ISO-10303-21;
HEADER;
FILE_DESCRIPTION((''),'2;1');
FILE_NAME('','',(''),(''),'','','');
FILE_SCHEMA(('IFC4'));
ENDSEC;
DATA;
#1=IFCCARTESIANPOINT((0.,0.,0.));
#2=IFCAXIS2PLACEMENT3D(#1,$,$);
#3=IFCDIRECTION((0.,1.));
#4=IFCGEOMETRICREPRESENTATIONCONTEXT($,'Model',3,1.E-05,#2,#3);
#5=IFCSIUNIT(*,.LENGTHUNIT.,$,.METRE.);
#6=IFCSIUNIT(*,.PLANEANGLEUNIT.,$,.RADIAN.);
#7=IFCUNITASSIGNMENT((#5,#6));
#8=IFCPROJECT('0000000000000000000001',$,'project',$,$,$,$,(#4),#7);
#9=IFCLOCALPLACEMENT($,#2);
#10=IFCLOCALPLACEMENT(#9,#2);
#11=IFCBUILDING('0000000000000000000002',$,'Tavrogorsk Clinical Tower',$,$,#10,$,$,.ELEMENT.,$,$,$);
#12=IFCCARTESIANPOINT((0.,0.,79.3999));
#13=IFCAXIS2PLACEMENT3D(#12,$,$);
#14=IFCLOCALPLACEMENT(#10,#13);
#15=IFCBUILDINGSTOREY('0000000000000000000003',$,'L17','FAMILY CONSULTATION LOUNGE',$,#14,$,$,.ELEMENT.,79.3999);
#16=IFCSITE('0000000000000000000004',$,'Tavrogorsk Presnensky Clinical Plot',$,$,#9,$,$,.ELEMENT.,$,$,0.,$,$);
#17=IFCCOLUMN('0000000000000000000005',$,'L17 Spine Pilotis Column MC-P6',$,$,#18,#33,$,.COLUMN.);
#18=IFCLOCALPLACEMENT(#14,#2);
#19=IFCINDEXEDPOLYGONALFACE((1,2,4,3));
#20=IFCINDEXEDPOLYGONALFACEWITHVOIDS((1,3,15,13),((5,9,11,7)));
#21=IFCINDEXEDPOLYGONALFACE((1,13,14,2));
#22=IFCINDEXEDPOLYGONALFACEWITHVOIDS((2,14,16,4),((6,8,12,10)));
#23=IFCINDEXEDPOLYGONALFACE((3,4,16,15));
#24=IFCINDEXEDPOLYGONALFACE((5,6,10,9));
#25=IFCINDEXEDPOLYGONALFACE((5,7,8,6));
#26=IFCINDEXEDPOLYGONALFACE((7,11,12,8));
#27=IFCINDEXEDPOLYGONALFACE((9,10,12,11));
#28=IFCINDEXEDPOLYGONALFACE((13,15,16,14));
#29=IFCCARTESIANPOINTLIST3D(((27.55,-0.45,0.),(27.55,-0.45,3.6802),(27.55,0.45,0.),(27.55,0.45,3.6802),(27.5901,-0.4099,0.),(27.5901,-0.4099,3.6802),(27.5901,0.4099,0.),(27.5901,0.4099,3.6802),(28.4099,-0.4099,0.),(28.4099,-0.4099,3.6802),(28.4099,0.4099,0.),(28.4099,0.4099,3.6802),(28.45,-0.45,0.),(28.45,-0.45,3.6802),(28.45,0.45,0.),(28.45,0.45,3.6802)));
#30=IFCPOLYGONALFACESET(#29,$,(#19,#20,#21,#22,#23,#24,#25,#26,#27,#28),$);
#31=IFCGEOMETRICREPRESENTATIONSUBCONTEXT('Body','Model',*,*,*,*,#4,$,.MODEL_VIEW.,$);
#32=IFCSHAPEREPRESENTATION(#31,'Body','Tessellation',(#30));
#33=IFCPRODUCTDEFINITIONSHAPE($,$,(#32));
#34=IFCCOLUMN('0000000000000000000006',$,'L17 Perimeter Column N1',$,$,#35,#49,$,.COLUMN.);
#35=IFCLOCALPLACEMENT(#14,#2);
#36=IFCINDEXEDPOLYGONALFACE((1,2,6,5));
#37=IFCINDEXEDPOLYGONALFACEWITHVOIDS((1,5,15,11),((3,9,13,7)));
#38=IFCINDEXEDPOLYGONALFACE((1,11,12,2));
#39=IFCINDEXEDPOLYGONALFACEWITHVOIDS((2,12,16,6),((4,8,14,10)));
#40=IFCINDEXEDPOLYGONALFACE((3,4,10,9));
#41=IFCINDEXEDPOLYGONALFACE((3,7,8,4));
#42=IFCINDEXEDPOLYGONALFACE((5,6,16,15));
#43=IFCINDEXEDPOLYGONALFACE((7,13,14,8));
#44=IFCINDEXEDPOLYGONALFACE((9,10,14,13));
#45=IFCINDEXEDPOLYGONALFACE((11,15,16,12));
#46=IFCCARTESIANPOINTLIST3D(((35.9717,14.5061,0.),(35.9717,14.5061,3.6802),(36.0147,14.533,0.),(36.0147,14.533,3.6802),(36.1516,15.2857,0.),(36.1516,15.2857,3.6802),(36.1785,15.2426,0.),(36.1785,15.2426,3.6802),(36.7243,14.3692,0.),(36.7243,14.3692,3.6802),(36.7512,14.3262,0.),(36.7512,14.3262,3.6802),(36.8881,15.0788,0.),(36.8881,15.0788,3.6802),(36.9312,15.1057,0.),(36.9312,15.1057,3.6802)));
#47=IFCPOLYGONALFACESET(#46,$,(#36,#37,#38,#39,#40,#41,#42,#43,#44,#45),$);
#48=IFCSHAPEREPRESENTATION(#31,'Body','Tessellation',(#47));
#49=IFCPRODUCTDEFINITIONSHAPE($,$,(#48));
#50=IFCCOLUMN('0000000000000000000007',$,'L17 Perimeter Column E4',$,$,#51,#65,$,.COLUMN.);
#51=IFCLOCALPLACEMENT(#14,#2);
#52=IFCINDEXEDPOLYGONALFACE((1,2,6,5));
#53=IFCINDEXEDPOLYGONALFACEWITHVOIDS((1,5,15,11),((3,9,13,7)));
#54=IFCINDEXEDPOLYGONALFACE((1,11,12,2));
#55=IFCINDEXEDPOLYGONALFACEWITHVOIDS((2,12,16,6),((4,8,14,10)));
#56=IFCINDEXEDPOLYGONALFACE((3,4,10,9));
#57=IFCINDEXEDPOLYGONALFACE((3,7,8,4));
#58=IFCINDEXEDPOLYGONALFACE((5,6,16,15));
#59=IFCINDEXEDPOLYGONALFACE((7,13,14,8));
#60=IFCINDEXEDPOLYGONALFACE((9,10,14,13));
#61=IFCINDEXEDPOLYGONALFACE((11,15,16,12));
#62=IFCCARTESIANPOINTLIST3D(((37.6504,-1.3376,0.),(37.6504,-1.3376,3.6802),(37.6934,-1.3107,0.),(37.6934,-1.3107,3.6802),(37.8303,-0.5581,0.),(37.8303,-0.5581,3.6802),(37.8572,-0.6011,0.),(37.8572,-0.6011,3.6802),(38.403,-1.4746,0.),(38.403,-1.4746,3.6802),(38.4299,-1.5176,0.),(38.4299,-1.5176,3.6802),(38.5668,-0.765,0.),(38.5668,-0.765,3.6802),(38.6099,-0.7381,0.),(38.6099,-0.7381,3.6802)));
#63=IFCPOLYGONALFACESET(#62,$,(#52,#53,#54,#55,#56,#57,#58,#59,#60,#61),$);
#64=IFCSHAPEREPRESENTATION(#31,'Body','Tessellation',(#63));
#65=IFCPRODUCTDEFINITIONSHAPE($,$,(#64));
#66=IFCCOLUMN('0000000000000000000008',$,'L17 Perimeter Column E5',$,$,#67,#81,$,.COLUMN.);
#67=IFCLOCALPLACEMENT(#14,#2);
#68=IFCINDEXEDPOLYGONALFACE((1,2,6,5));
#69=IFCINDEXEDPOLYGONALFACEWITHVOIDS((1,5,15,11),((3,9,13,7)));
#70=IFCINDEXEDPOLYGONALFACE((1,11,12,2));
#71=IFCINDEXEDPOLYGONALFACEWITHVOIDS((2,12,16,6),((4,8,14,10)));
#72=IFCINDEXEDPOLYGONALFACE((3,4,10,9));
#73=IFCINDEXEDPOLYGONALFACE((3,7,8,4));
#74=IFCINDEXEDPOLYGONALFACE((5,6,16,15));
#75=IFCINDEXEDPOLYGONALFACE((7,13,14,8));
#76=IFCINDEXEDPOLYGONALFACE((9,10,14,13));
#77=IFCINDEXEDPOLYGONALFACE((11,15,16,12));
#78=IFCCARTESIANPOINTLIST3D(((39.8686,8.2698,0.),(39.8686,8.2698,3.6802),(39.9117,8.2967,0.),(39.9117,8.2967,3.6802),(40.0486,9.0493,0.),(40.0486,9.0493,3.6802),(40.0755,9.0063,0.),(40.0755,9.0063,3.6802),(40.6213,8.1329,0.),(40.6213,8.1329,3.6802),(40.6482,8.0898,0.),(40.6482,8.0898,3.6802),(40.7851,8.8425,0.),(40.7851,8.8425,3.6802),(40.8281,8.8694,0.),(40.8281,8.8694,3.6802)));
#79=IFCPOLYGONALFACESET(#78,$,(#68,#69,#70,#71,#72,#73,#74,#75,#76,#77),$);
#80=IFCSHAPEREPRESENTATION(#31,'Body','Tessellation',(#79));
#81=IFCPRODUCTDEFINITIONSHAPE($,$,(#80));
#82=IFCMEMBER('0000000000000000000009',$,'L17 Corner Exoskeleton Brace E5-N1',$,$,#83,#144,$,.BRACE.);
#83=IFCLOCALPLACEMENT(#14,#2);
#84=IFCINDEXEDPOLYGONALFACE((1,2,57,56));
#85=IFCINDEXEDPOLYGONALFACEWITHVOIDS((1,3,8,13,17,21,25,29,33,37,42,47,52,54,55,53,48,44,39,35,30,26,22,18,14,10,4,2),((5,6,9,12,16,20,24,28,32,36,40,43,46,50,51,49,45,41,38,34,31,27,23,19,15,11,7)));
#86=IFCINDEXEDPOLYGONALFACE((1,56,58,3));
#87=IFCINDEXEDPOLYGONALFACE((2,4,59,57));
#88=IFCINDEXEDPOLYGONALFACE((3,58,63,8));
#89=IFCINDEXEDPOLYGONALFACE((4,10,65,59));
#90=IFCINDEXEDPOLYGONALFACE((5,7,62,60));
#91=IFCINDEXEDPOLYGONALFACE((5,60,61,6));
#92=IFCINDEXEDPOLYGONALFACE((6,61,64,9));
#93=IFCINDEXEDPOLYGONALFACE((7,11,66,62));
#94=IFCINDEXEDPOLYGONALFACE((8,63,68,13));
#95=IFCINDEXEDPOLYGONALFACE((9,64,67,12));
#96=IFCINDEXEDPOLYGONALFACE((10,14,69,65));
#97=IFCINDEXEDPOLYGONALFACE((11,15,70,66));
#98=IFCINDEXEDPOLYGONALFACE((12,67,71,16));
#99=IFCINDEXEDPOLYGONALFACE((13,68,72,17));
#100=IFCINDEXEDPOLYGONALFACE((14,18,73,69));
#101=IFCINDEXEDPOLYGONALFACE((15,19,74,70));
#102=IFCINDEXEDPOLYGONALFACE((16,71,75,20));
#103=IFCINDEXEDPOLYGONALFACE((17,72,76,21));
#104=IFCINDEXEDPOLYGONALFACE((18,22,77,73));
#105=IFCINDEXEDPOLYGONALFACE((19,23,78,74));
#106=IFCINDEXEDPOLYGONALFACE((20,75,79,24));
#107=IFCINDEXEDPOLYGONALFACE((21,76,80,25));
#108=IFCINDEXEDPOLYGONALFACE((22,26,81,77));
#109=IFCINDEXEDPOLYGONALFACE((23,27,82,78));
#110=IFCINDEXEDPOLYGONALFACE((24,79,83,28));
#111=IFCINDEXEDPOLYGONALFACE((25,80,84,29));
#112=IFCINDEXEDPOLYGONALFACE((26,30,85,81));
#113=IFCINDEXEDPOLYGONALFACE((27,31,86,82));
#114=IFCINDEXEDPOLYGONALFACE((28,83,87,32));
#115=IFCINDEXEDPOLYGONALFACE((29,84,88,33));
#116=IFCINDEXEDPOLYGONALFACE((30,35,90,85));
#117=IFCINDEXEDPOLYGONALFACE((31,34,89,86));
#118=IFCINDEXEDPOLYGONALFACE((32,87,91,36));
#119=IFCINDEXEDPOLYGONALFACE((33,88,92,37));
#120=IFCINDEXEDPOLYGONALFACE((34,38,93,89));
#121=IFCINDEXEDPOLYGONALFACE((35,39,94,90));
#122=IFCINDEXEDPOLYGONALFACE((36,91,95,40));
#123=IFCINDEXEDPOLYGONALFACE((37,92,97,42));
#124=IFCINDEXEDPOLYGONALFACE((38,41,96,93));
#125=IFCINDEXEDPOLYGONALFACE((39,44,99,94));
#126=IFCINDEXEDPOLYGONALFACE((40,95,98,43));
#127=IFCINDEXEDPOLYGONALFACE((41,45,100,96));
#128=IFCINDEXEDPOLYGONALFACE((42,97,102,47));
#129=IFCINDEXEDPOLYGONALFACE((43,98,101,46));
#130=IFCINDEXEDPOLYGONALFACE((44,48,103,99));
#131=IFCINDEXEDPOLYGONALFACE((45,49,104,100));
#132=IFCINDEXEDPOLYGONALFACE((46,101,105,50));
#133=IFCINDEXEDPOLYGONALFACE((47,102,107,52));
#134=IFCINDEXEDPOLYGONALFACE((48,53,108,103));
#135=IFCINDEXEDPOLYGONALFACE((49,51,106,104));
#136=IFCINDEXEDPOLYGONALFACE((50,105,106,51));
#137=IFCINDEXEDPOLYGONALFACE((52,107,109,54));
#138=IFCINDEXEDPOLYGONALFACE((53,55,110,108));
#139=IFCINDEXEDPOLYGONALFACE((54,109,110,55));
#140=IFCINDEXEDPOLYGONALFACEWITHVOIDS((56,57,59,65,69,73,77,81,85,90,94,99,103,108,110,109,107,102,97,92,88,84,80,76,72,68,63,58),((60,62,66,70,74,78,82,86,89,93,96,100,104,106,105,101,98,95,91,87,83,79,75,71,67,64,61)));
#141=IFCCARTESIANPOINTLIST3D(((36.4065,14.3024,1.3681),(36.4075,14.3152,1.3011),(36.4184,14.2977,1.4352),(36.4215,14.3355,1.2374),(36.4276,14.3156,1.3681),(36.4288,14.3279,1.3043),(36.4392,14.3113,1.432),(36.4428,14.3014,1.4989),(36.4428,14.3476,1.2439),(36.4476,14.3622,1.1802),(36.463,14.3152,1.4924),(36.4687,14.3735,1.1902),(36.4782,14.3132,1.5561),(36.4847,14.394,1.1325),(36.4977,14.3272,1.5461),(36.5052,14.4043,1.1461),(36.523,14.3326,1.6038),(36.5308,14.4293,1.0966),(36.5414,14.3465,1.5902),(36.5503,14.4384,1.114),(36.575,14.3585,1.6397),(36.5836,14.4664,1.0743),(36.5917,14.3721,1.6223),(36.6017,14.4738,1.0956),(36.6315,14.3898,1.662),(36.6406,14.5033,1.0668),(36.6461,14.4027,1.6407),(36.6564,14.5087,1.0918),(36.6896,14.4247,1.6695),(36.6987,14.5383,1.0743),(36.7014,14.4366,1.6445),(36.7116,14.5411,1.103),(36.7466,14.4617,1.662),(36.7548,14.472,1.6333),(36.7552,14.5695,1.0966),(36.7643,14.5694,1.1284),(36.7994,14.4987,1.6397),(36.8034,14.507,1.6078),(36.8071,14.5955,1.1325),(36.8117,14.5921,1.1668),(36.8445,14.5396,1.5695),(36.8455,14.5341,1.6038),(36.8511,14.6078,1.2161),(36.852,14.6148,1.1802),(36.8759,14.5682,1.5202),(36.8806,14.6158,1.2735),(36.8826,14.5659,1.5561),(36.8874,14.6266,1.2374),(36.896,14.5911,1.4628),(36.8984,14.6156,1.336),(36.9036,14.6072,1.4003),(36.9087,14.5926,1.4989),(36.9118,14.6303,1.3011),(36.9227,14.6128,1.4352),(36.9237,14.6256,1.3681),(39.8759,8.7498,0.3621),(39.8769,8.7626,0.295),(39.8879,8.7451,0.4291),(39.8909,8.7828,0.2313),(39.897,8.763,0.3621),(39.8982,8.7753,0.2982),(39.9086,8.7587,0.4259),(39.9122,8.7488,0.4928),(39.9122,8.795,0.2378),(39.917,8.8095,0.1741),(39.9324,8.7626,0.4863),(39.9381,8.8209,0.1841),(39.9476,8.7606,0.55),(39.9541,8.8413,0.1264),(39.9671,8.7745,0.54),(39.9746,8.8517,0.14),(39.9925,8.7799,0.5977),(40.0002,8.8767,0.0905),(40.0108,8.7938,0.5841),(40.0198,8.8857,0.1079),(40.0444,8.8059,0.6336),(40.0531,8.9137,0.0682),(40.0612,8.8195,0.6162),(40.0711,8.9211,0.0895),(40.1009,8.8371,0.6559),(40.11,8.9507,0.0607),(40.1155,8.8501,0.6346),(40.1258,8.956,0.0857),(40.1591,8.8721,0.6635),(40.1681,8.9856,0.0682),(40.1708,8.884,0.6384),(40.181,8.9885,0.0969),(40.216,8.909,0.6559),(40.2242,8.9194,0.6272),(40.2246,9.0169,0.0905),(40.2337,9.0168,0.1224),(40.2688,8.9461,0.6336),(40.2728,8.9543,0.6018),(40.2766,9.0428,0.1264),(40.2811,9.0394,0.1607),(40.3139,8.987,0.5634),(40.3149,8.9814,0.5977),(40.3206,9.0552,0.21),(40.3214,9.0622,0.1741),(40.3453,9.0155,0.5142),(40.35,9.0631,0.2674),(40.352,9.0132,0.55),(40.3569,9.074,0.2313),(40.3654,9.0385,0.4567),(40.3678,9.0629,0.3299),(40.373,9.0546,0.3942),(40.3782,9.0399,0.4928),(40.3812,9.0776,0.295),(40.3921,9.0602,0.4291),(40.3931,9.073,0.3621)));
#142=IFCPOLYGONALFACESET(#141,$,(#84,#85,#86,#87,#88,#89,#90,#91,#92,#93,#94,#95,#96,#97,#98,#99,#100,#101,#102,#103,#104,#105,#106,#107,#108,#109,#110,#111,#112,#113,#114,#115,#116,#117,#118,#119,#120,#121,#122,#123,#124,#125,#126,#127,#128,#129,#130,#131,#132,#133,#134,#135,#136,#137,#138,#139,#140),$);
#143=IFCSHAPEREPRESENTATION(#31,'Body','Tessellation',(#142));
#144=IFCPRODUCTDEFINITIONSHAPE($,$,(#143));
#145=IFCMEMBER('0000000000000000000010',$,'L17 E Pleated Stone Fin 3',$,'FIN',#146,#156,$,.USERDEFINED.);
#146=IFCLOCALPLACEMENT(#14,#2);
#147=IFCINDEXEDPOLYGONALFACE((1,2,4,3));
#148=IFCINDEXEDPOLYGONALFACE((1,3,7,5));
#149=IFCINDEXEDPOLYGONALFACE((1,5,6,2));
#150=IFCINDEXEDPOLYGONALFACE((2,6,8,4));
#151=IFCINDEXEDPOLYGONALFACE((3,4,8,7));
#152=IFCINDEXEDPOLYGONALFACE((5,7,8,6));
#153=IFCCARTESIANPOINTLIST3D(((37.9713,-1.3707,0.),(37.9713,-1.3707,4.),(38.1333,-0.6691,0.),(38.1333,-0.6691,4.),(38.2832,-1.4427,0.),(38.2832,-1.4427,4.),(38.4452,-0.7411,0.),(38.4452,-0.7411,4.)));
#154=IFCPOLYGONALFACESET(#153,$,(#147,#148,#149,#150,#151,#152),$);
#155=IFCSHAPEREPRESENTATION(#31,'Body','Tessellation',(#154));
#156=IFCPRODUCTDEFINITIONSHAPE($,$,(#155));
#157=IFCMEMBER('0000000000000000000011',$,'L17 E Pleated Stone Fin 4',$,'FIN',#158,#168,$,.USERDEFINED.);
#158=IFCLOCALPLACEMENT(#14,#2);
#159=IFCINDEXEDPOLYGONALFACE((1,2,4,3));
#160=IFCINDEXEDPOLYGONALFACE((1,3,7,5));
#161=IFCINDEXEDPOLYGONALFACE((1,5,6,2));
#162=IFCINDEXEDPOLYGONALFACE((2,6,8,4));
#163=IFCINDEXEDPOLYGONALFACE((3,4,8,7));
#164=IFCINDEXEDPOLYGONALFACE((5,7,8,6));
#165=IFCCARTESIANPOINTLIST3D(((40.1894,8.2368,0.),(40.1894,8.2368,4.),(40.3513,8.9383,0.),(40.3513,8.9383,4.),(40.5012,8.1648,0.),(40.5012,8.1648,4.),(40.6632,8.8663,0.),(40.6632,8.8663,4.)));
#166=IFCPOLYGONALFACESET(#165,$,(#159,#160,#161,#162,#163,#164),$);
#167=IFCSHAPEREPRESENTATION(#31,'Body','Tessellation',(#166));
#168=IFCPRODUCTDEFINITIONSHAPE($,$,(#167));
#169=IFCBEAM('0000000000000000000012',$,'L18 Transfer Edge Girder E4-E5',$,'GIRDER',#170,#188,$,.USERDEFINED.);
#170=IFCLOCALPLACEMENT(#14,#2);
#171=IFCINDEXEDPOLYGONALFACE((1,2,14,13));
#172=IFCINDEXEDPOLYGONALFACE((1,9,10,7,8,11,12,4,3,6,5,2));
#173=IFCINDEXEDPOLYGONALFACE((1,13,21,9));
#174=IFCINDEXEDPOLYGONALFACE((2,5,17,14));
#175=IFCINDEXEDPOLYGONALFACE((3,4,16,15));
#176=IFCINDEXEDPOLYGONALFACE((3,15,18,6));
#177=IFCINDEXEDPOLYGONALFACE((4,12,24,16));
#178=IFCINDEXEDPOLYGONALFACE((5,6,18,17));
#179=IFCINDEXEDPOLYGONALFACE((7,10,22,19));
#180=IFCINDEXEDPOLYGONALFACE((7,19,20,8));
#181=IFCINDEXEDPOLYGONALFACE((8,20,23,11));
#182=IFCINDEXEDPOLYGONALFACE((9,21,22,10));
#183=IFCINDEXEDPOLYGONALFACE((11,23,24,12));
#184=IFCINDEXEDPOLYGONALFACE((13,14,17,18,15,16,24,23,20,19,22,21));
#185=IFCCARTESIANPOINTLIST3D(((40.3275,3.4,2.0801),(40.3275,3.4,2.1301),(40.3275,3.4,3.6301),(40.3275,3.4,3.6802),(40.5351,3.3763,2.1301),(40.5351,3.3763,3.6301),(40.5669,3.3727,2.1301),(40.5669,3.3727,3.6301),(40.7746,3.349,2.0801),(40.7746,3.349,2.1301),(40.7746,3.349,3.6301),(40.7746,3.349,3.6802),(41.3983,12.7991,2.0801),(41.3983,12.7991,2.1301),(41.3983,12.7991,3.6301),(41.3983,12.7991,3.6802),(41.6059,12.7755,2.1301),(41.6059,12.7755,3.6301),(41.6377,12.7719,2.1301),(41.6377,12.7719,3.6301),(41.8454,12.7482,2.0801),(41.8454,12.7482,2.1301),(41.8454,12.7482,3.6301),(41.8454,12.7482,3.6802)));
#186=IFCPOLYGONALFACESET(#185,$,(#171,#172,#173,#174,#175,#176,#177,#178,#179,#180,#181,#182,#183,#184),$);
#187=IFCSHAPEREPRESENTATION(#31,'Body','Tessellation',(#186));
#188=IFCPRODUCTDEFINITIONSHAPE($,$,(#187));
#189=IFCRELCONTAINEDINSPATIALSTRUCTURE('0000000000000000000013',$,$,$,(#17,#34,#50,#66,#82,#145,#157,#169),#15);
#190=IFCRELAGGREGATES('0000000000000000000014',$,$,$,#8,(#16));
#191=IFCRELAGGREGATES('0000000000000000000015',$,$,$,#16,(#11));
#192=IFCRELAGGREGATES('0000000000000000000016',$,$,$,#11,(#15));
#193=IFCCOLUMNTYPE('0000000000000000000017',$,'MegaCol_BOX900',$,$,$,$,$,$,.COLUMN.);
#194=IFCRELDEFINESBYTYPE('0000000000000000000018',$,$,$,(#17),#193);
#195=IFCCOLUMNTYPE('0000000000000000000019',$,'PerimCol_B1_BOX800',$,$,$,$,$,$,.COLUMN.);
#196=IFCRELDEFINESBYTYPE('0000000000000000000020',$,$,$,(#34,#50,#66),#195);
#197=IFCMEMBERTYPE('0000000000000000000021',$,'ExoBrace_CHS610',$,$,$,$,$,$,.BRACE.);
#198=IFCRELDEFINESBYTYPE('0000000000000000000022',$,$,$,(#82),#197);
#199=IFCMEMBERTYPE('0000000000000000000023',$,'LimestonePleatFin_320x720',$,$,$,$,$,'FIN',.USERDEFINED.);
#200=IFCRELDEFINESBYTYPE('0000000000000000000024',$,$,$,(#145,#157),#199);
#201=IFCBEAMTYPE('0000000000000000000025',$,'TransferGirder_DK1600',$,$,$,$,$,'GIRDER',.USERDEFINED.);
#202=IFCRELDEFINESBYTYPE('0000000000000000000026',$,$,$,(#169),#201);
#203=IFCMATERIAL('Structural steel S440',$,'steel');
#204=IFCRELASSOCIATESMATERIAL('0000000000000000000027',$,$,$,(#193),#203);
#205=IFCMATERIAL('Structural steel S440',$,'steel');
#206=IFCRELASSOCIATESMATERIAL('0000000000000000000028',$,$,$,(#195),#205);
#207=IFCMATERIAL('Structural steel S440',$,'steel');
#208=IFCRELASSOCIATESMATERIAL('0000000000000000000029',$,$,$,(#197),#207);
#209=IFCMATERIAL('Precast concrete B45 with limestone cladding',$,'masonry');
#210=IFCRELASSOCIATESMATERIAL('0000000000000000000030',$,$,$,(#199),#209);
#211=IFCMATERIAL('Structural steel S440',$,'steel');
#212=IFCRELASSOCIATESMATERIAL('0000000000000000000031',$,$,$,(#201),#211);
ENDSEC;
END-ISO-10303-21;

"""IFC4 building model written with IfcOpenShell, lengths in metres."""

from ifc_helpers import new_model, si_unit, direction, frame, origin, origin_2d, place, context, subcontext, project, spatial, rectangle, hollow_rectangle, hollow_circle, i_section, extrude, material, material_profile, profile_set, type_object, element, save


model = new_model("IFC4")

# Units and contexts
model_context = context("Model", 3, precision=1e-05, world=origin(), true_north=direction((0.0, 1.0)))
body_context = subcontext(model_context, "Body", "Model", "MODEL_VIEW")
ifc_project = project(units=[si_unit("LENGTHUNIT", "METRE"), si_unit("PLANEANGLEUNIT", "RADIAN")], contexts=[model_context])

# Site, building, storey
site_placement = place(None, origin())
site = spatial("IfcSite", under=ifc_project, at=site_placement, Name="Tavrogorsk Presnensky Clinical Plot", CompositionType="ELEMENT", RefElevation=0.0)
building_placement = place(site_placement, origin())
building = spatial("IfcBuilding", under=site, at=building_placement, Name="Tavrogorsk Clinical Tower", CompositionType="ELEMENT")
storey_placement = place(building_placement, frame((0.0, 0.0, 79.3999)))
storey = spatial("IfcBuildingStorey", under=building, at=storey_placement, Name="L17", Description="FAMILY CONSULTATION LOUNGE", CompositionType="ELEMENT", Elevation=79.3999)

# Columns
ifc_material_1 = material(Name="Structural steel S440", Category="steel")
ifc_material_profile_1 = material_profile(ifc_material_1, hollow_rectangle(XDim=0.8999, YDim=0.8999, WallThickness=0.04, at=origin_2d()), Name="BOX-900x900x40")
ifc_profile_set_1 = profile_set([ifc_material_profile_1], Name="Structural steel S440")
column_type_1 = type_object("IfcColumnType", Name="MegaCol_BOX900", PredefinedType="COLUMN", material=ifc_profile_set_1)
column_placement = place(storey_placement, frame((28.0, 0.0, 0.0), z_axis=(0.0, 0.0, 1.0), x_axis=(1.0, 0.0, 0.0)))
element("IfcColumn", 1, at=column_placement, inside=storey, type_object=column_type_1, Name="L17 Spine Pilotis Column MC-P6", PredefinedType="COLUMN", context=body_context, shape_type="SweptSolid", body=[
    extrude(hollow_rectangle(XDim=0.8999, YDim=0.8999, WallThickness=0.04, at=origin_2d()), origin(), (0.0, 0.0, 1.0), 3.6802),
])
ifc_material_2 = material(Name="Structural steel S440", Category="steel")
ifc_material_profile_2 = material_profile(ifc_material_2, hollow_rectangle(XDim=0.8, YDim=0.8, WallThickness=0.0359, at=origin_2d()), Name="BOX-800x800x36")
ifc_profile_set_2 = profile_set([ifc_material_profile_2], Name="Structural steel S440")
column_type_2 = type_object("IfcColumnType", Name="PerimCol_B1_BOX800", PredefinedType="COLUMN", material=ifc_profile_set_2)
for number, where, z_axis, x_axis, name in (
    (2, (36.4514, 14.8059, 0.0), (0.0, 0.0, 1.0), (0.97437, -0.224951, 0.0), "L17 Perimeter Column N1"),
    (3, (38.1301, -1.0378, 0.0), (0.0, 0.0, 1.0), (0.97437, -0.224951, 0.0), "L17 Perimeter Column E4"),
    (4, (40.3484, 8.5696, 0.0), (0.0, 0.0, 1.0), (0.97437, -0.224951, 0.0), "L17 Perimeter Column E5"),
):
    element("IfcColumn", number, at=place(storey_placement, frame(where, z_axis=z_axis, x_axis=x_axis)), inside=storey, type_object=column_type_2, Name=name, PredefinedType="COLUMN", context=body_context, shape_type="SweptSolid", body=[
        extrude(hollow_rectangle(XDim=0.8, YDim=0.8, WallThickness=0.0359, at=origin_2d()), origin(), (0.0, 0.0, 1.0), 3.6802),
    ])

# Members
ifc_material_3 = material(Name="Structural steel S440", Category="steel")
ifc_material_profile_3 = material_profile(ifc_material_3, hollow_circle(Radius=0.3049, WallThickness=0.0249, at=origin_2d()), Name="CHS-610x25")
ifc_profile_set_3 = profile_set([ifc_material_profile_3], Name="Structural steel S440")
member_type_1 = type_object("IfcMemberType", Name="ExoBrace_CHS610", PredefinedType="BRACE", material=ifc_profile_set_3)
member_placement = place(storey_placement, frame((40.1345, 8.9114, 0.3621), z_axis=(-0.523744, 0.838227, 0.151879), x_axis=(-0.848065, -0.529892, 0.0)))
element("IfcMember", 5, at=member_placement, inside=storey, type_object=member_type_1, Name="L17 Corner Exoskeleton Brace E5-N1", PredefinedType="BRACE", context=body_context, shape_type="SweptSolid", body=[
    extrude(hollow_circle(Radius=0.3049, WallThickness=0.0249, at=origin_2d()), origin(), (0.0, 0.0, 1.0), 6.6243),
])
ifc_material_4 = material(Name="Precast concrete B45 with limestone cladding", Category="masonry")
ifc_material_profile_4 = material_profile(ifc_material_4, rectangle(XDim=0.3201, YDim=0.72, at=origin_2d()), Name="LIMESTONE-FIN-320x720")
ifc_profile_set_4 = profile_set([ifc_material_profile_4], Name="Precast concrete B45 with limestone cladding")
member_type_2 = type_object("IfcMemberType", Name="LimestonePleatFin_320x720", ElementType="FIN", PredefinedType="USERDEFINED", material=ifc_profile_set_4)
for number, where, z_axis, x_axis, name in (
    (6, (38.2083, -1.0559, 0.0), (0.0, 0.0, 1.0), (0.97437, -0.224951, 0.0), "L17 E Pleated Stone Fin 3"),
    (7, (40.4263, 8.5515, 0.0), (0.0, 0.0, 1.0), (0.97437, -0.224951, 0.0), "L17 E Pleated Stone Fin 4"),
):
    element("IfcMember", number, at=place(storey_placement, frame(where, z_axis=z_axis, x_axis=x_axis)), inside=storey, type_object=member_type_2, Name=name, ObjectType="FIN", PredefinedType="USERDEFINED", context=body_context, shape_type="SweptSolid", body=[
        extrude(rectangle(XDim=0.3201, YDim=0.72, at=origin_2d()), origin(), (0.0, 0.0, 1.0), 4.0),
    ])

# Beam
ifc_material_5 = material(Name="Structural steel S440", Category="steel")
ifc_material_profile_5 = material_profile(ifc_material_5, i_section(OverallWidth=0.45, OverallDepth=1.6001, WebThickness=0.032, FlangeThickness=0.05, at=origin_2d()), Name="DK-1600x450x32x50")
ifc_profile_set_5 = profile_set([ifc_material_profile_5], Name="Structural steel S440")
beam_type_1 = type_object("IfcBeamType", Name="TransferGirder_DK1600", ElementType="GIRDER", PredefinedType="USERDEFINED", material=ifc_profile_set_5)
beam_1_placement = place(storey_placement, frame((40.551, 3.3745, 2.8801), z_axis=(0.113193, 0.993573, 0.0), x_axis=(-0.993573, 0.113193, 0.0)))
element("IfcBeam", 8, at=beam_1_placement, inside=storey, type_object=beam_type_1, Name="L18 Transfer Edge Girder E4-E5", ObjectType="GIRDER", PredefinedType="USERDEFINED", context=body_context, shape_type="SweptSolid", body=[
    extrude(i_section(OverallWidth=0.45, OverallDepth=1.6001, WebThickness=0.032, FlangeThickness=0.05, at=origin_2d()), origin(), (0.0, 0.0, 1.0), 9.46),
])

save(model, "model.ifc")
